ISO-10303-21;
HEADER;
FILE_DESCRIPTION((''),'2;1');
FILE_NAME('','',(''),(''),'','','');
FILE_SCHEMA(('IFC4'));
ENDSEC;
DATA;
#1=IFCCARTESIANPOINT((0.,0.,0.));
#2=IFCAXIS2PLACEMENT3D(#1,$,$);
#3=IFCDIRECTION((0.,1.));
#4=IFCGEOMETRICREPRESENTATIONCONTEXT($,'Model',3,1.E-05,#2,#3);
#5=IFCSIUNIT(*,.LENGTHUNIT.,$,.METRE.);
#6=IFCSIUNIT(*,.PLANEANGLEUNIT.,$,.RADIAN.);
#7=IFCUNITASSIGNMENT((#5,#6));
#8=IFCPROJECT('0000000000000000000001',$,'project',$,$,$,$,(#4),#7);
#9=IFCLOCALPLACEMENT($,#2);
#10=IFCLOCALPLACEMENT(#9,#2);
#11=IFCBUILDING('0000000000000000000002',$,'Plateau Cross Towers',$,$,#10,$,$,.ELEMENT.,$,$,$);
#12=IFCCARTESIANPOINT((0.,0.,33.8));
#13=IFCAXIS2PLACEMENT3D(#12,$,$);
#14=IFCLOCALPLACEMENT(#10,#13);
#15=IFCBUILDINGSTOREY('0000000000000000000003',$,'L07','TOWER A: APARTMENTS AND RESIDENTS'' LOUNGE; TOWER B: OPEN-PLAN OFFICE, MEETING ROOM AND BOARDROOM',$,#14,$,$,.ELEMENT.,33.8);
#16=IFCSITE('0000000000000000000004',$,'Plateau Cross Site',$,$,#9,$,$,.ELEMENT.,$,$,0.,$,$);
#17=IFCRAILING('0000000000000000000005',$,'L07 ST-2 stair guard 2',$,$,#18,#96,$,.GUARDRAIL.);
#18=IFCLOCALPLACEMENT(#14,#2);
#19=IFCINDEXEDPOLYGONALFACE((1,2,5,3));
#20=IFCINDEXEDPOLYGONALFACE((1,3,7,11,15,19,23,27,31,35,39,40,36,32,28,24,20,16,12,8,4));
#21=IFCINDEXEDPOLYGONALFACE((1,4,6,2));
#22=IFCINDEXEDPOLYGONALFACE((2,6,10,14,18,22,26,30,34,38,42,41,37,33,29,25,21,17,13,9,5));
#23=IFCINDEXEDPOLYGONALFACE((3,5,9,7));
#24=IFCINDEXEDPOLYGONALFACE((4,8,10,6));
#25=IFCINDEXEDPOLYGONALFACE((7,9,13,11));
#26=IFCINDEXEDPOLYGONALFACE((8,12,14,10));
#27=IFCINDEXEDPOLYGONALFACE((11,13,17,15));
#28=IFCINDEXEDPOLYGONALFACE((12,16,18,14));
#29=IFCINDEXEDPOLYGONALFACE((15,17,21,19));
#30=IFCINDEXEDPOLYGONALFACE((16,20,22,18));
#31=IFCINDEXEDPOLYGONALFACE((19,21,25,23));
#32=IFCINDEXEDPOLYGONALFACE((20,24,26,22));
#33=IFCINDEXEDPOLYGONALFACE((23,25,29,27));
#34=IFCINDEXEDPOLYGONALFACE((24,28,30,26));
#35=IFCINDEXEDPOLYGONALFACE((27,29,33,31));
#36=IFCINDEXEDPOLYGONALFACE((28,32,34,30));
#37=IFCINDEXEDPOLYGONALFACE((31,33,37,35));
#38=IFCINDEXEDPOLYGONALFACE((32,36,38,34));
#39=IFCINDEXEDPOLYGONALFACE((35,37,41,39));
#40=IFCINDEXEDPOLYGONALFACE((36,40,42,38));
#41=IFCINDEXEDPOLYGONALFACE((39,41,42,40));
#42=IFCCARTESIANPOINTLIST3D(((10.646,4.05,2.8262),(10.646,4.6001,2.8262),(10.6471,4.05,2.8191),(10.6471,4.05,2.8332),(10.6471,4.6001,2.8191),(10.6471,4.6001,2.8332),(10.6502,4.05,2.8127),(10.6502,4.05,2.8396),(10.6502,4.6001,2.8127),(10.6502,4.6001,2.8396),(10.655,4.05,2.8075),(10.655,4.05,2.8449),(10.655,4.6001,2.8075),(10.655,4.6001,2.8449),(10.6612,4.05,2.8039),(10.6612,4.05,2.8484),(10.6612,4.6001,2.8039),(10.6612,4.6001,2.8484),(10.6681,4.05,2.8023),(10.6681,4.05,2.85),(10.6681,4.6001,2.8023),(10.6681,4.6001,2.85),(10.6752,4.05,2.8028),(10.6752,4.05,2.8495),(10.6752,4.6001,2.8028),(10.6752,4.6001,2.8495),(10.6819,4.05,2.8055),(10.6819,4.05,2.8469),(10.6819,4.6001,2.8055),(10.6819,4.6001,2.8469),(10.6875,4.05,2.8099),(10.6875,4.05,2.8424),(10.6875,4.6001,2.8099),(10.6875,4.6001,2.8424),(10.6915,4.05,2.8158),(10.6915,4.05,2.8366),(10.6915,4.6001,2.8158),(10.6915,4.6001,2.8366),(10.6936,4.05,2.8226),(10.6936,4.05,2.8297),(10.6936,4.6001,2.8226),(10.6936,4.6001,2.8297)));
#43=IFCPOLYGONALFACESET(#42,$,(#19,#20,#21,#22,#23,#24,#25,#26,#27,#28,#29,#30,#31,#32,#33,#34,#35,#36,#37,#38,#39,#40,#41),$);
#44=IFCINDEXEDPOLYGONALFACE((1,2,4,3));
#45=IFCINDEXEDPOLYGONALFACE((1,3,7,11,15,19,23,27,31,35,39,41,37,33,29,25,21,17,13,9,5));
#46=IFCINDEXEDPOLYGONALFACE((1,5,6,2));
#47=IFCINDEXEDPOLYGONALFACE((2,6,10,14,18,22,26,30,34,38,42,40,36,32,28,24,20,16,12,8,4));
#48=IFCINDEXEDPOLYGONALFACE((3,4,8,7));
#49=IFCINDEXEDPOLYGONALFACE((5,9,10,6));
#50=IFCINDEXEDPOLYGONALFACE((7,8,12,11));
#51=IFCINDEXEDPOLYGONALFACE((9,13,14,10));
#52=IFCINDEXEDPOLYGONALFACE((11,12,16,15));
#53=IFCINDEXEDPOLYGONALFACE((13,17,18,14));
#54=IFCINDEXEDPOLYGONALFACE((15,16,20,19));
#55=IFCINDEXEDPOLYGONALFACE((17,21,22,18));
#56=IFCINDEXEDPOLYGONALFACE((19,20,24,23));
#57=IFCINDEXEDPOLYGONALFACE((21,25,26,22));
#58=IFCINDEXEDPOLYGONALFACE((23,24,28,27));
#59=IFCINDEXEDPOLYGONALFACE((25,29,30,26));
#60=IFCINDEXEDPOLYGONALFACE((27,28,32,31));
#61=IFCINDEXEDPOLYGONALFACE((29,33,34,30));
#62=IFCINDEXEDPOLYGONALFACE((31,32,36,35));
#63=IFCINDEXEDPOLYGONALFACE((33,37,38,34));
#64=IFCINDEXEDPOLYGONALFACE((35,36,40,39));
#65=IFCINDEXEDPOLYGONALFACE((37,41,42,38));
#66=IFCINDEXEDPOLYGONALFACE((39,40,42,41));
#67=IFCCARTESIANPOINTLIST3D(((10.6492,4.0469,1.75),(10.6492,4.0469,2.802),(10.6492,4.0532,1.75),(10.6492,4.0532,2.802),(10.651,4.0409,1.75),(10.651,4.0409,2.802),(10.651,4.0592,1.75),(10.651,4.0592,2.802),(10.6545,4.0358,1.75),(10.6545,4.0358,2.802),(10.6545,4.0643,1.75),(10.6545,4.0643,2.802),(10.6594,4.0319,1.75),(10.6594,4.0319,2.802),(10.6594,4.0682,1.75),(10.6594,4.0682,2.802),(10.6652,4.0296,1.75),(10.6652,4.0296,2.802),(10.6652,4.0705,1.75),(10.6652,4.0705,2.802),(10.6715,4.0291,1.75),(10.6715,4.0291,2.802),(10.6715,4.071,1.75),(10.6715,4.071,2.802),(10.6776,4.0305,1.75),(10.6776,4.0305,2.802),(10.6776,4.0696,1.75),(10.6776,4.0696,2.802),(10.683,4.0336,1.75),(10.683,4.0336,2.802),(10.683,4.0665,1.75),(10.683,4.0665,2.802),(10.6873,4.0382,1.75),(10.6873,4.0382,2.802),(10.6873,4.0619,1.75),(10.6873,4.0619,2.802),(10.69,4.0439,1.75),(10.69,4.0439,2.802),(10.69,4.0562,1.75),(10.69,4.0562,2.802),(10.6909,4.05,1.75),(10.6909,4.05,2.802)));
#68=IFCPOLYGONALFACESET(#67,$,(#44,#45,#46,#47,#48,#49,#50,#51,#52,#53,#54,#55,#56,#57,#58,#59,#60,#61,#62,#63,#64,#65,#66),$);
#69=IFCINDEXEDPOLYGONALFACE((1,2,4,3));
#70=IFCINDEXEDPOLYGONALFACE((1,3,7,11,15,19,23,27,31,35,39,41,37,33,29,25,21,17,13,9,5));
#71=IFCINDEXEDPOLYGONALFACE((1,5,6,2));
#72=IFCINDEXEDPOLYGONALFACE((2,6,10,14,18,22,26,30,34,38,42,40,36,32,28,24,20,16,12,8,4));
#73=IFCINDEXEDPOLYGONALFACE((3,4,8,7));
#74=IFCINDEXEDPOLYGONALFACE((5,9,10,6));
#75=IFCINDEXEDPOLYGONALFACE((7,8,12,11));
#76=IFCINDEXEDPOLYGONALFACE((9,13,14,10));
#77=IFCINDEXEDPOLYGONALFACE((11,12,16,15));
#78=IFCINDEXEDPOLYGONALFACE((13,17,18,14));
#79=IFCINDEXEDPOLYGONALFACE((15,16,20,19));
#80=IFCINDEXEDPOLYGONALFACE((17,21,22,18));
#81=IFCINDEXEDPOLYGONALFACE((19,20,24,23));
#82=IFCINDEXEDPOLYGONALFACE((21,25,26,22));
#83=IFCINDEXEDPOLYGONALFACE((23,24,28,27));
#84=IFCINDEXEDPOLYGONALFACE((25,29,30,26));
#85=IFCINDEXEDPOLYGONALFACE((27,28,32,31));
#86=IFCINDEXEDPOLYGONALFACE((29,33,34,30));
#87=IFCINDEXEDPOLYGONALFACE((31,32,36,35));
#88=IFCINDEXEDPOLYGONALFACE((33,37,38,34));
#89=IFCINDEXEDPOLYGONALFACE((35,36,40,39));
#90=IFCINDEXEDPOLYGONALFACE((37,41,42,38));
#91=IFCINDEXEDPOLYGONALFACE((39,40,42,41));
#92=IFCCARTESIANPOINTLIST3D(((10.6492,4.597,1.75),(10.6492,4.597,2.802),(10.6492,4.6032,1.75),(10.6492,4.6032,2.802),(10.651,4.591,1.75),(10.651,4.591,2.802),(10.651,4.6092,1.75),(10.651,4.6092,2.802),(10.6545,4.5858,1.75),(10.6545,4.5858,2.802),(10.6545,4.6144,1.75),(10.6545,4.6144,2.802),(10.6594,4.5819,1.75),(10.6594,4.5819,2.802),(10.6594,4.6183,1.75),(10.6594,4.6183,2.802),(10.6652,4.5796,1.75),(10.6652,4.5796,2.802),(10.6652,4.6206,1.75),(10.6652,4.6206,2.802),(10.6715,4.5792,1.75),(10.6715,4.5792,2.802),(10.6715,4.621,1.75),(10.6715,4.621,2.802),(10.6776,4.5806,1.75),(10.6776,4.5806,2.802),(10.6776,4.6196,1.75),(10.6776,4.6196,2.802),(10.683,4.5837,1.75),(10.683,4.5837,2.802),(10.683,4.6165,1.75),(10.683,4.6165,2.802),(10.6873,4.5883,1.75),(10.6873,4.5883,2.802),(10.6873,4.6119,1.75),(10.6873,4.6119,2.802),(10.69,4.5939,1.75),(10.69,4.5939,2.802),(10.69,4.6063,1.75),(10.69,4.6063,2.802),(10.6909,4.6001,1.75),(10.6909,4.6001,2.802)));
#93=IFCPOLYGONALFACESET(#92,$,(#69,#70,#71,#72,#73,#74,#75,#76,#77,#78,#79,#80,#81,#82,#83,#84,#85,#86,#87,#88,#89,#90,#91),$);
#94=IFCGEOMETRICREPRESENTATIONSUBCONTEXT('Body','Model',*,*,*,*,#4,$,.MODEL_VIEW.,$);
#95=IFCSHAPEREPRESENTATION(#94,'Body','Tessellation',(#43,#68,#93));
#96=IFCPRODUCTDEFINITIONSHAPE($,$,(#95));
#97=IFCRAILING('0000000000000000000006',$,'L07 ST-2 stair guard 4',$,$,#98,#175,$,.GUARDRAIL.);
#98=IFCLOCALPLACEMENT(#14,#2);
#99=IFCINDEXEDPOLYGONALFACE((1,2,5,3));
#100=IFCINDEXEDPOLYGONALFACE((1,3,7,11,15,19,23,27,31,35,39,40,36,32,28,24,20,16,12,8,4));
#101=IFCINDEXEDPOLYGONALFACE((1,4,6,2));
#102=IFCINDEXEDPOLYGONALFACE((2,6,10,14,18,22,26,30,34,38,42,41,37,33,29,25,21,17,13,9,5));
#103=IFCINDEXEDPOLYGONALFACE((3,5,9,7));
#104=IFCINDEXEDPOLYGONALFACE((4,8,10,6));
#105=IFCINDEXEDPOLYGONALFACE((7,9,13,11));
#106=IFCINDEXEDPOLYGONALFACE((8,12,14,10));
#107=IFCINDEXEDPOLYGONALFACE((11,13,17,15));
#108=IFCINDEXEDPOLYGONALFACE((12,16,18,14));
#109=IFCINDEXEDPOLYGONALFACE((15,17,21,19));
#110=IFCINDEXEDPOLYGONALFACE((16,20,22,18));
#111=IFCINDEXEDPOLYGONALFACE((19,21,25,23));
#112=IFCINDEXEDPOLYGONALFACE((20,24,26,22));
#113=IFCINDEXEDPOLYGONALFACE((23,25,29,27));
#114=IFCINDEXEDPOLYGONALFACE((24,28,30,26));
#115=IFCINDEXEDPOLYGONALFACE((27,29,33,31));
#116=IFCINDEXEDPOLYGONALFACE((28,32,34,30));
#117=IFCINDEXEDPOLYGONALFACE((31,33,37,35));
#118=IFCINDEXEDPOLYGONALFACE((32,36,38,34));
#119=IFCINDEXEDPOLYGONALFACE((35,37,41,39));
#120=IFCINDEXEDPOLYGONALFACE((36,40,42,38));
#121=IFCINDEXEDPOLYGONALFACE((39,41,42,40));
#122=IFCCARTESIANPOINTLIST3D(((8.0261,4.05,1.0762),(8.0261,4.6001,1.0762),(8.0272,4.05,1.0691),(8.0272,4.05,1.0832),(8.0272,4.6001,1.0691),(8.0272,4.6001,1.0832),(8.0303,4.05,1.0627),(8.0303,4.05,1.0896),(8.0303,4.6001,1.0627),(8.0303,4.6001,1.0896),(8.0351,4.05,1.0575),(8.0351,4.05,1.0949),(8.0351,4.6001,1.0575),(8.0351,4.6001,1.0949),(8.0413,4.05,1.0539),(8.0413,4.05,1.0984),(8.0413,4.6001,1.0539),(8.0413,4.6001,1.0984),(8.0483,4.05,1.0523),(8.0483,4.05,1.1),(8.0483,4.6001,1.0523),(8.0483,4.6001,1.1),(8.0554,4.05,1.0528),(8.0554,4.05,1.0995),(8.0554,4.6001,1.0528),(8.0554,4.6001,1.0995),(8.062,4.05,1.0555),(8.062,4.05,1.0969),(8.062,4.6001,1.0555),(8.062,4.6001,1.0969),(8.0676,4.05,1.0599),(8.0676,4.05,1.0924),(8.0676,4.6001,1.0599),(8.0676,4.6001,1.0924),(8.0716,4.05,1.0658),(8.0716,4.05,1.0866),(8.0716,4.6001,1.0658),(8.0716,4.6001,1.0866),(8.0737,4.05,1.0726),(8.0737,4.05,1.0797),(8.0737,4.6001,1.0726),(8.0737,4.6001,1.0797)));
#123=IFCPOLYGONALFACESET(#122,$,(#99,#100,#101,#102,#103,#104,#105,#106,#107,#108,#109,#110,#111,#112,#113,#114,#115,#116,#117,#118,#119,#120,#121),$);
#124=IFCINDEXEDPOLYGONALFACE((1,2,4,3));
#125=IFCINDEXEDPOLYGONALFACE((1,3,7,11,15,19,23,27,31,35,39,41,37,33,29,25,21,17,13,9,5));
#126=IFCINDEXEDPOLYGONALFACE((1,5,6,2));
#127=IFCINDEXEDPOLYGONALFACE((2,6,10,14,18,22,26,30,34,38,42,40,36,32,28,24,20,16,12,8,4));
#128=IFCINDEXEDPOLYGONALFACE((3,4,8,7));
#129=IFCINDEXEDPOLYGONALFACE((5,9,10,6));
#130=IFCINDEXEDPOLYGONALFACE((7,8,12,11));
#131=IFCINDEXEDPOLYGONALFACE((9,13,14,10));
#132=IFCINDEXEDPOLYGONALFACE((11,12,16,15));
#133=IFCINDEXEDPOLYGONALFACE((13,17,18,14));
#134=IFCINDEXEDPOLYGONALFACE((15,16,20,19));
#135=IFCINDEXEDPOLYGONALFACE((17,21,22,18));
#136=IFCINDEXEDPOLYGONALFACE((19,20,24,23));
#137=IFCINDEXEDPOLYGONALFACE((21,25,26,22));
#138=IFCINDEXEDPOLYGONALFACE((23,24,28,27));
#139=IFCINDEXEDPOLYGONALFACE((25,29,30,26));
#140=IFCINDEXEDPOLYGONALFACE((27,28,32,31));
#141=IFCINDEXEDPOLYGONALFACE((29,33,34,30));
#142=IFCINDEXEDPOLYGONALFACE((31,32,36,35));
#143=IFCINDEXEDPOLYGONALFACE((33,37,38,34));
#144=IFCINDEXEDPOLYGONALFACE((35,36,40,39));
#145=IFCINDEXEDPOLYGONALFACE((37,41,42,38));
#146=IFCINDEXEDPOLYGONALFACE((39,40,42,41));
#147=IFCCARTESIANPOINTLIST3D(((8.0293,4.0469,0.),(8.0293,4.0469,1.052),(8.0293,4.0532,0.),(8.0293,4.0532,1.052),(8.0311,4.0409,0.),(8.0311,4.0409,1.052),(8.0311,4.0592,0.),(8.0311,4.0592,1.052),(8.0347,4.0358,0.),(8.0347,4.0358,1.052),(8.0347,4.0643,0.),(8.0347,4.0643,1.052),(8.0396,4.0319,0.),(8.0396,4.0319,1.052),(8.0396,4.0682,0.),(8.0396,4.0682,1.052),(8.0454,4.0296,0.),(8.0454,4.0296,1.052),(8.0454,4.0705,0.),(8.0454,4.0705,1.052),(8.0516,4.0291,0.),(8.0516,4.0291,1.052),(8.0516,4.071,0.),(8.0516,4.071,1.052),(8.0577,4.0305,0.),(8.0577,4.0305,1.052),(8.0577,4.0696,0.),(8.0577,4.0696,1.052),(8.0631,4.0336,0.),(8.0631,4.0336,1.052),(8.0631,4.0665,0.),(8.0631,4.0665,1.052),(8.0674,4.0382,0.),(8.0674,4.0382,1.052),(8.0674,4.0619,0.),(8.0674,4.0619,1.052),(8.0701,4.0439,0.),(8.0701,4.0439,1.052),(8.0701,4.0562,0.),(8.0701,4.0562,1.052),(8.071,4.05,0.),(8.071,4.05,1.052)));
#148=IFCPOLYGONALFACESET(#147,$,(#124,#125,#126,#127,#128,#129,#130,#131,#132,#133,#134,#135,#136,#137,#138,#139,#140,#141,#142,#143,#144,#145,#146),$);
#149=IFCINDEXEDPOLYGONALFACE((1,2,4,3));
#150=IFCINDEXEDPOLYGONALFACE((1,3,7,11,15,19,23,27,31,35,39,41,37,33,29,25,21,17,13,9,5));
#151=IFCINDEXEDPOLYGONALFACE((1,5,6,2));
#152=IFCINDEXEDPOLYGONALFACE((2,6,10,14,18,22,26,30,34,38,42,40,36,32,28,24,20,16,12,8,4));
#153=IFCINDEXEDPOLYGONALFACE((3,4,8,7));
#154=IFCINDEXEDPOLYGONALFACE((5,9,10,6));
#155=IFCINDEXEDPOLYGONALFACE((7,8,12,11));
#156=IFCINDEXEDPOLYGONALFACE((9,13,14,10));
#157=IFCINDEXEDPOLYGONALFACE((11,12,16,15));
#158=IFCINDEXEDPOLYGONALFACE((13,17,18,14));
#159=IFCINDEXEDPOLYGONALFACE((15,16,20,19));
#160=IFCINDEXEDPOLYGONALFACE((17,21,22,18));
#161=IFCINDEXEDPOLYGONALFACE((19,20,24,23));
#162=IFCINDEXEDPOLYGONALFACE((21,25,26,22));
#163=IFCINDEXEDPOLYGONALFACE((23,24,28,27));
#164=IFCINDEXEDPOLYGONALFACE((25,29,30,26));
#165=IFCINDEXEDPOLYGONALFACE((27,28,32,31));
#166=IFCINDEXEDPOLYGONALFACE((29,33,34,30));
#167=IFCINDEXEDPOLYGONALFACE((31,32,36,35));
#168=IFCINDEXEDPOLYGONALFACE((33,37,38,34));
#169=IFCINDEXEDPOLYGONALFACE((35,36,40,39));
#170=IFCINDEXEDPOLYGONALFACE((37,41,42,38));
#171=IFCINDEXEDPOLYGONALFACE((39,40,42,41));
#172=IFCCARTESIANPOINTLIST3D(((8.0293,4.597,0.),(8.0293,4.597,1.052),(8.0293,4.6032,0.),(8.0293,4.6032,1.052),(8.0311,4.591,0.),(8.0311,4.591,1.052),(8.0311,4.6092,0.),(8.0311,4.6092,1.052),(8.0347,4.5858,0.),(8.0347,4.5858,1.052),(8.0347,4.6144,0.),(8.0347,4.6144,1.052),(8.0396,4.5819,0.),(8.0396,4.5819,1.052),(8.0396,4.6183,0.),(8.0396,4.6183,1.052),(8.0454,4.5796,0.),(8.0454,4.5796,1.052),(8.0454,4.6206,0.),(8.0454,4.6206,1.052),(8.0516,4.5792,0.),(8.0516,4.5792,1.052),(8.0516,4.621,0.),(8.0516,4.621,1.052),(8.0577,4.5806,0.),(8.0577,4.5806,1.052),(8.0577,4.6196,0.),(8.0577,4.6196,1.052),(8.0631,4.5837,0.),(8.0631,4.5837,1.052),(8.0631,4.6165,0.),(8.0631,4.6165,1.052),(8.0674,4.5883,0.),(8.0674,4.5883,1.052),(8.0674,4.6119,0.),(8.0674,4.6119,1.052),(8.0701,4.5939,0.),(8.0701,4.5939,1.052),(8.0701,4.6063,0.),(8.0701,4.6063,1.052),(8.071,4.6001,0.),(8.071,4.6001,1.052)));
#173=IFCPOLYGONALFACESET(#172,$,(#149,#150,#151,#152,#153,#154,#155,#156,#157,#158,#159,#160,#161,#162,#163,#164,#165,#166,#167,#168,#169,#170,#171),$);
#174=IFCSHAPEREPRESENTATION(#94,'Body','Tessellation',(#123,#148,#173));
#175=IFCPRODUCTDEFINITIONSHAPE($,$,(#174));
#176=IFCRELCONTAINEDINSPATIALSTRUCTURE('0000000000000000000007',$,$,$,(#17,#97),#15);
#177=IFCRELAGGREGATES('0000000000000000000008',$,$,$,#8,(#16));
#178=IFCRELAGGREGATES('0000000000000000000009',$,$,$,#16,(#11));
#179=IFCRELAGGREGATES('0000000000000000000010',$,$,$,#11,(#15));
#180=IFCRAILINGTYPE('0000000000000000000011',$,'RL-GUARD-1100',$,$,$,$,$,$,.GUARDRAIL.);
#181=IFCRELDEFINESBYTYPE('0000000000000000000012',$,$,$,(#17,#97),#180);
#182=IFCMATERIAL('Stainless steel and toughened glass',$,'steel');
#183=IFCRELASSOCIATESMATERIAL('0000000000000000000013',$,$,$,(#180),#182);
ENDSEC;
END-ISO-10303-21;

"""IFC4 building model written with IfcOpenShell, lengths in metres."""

from ifc_helpers import new_model, si_unit, direction, frame, origin, origin_2d, place, context, subcontext, project, spatial, circle, extrude, material, type_object, element, save


model = new_model("IFC4")

# Units and contexts
model_context = context("Model", 3, precision=1e-05, world=origin(), true_north=direction((0.0, 1.0)))
body_context = subcontext(model_context, "Body", "Model", "MODEL_VIEW")
ifc_project = project(units=[si_unit("LENGTHUNIT", "METRE"), si_unit("PLANEANGLEUNIT", "RADIAN")], contexts=[model_context])

# Site, building, storey
site_placement = place(None, origin())
site = spatial("IfcSite", under=ifc_project, at=site_placement, Name="Plateau Cross Site", CompositionType="ELEMENT", RefElevation=0.0)
building_placement = place(site_placement, origin())
building = spatial("IfcBuilding", under=site, at=building_placement, Name="Plateau Cross Towers", CompositionType="ELEMENT")
storey_placement = place(building_placement, frame((0.0, 0.0, 33.8)))
storey = spatial("IfcBuildingStorey", under=building, at=storey_placement, Name="L07", Description="TOWER A: APARTMENTS AND RESIDENTS' LOUNGE; TOWER B: OPEN-PLAN OFFICE, MEETING ROOM AND BOARDROOM", CompositionType="ELEMENT", Elevation=33.8)

# Railings
ifc_material_1 = material(Name="Stainless steel and toughened glass", Category="steel")
railing_type_1 = type_object("IfcRailingType", Name="RL-GUARD-1100", PredefinedType="GUARDRAIL", material=ifc_material_1)
for number, where, name in (
    (1, (10.6699, 4.05, 1.75), "L07 ST-2 stair guard 2"),
    (2, (8.05, 4.05, 0.0), "L07 ST-2 stair guard 4"),
):
    element("IfcRailing", number, at=place(storey_placement, frame(where)), inside=storey, type_object=railing_type_1, Name=name, PredefinedType="GUARDRAIL", context=body_context, shape_type="SweptSolid", body=[
        extrude(circle(Radius=0.0239, at=origin_2d()), frame((0.0, 0.0, 1.0762), z_axis=(0.0, 1.0, 0.0), x_axis=(-1.0, 0.0, 0.0)), (0.0, 0.0, 1.0), 0.55),
        extrude(circle(Radius=0.021, at=origin_2d()), origin(), (0.0, 0.0, 1.0), 1.052),
        extrude(circle(Radius=0.021, at=origin_2d()), frame((0.0, 0.55, 0.0)), (0.0, 0.0, 1.0), 1.052),
    ])

save(model, "model.ifc")
